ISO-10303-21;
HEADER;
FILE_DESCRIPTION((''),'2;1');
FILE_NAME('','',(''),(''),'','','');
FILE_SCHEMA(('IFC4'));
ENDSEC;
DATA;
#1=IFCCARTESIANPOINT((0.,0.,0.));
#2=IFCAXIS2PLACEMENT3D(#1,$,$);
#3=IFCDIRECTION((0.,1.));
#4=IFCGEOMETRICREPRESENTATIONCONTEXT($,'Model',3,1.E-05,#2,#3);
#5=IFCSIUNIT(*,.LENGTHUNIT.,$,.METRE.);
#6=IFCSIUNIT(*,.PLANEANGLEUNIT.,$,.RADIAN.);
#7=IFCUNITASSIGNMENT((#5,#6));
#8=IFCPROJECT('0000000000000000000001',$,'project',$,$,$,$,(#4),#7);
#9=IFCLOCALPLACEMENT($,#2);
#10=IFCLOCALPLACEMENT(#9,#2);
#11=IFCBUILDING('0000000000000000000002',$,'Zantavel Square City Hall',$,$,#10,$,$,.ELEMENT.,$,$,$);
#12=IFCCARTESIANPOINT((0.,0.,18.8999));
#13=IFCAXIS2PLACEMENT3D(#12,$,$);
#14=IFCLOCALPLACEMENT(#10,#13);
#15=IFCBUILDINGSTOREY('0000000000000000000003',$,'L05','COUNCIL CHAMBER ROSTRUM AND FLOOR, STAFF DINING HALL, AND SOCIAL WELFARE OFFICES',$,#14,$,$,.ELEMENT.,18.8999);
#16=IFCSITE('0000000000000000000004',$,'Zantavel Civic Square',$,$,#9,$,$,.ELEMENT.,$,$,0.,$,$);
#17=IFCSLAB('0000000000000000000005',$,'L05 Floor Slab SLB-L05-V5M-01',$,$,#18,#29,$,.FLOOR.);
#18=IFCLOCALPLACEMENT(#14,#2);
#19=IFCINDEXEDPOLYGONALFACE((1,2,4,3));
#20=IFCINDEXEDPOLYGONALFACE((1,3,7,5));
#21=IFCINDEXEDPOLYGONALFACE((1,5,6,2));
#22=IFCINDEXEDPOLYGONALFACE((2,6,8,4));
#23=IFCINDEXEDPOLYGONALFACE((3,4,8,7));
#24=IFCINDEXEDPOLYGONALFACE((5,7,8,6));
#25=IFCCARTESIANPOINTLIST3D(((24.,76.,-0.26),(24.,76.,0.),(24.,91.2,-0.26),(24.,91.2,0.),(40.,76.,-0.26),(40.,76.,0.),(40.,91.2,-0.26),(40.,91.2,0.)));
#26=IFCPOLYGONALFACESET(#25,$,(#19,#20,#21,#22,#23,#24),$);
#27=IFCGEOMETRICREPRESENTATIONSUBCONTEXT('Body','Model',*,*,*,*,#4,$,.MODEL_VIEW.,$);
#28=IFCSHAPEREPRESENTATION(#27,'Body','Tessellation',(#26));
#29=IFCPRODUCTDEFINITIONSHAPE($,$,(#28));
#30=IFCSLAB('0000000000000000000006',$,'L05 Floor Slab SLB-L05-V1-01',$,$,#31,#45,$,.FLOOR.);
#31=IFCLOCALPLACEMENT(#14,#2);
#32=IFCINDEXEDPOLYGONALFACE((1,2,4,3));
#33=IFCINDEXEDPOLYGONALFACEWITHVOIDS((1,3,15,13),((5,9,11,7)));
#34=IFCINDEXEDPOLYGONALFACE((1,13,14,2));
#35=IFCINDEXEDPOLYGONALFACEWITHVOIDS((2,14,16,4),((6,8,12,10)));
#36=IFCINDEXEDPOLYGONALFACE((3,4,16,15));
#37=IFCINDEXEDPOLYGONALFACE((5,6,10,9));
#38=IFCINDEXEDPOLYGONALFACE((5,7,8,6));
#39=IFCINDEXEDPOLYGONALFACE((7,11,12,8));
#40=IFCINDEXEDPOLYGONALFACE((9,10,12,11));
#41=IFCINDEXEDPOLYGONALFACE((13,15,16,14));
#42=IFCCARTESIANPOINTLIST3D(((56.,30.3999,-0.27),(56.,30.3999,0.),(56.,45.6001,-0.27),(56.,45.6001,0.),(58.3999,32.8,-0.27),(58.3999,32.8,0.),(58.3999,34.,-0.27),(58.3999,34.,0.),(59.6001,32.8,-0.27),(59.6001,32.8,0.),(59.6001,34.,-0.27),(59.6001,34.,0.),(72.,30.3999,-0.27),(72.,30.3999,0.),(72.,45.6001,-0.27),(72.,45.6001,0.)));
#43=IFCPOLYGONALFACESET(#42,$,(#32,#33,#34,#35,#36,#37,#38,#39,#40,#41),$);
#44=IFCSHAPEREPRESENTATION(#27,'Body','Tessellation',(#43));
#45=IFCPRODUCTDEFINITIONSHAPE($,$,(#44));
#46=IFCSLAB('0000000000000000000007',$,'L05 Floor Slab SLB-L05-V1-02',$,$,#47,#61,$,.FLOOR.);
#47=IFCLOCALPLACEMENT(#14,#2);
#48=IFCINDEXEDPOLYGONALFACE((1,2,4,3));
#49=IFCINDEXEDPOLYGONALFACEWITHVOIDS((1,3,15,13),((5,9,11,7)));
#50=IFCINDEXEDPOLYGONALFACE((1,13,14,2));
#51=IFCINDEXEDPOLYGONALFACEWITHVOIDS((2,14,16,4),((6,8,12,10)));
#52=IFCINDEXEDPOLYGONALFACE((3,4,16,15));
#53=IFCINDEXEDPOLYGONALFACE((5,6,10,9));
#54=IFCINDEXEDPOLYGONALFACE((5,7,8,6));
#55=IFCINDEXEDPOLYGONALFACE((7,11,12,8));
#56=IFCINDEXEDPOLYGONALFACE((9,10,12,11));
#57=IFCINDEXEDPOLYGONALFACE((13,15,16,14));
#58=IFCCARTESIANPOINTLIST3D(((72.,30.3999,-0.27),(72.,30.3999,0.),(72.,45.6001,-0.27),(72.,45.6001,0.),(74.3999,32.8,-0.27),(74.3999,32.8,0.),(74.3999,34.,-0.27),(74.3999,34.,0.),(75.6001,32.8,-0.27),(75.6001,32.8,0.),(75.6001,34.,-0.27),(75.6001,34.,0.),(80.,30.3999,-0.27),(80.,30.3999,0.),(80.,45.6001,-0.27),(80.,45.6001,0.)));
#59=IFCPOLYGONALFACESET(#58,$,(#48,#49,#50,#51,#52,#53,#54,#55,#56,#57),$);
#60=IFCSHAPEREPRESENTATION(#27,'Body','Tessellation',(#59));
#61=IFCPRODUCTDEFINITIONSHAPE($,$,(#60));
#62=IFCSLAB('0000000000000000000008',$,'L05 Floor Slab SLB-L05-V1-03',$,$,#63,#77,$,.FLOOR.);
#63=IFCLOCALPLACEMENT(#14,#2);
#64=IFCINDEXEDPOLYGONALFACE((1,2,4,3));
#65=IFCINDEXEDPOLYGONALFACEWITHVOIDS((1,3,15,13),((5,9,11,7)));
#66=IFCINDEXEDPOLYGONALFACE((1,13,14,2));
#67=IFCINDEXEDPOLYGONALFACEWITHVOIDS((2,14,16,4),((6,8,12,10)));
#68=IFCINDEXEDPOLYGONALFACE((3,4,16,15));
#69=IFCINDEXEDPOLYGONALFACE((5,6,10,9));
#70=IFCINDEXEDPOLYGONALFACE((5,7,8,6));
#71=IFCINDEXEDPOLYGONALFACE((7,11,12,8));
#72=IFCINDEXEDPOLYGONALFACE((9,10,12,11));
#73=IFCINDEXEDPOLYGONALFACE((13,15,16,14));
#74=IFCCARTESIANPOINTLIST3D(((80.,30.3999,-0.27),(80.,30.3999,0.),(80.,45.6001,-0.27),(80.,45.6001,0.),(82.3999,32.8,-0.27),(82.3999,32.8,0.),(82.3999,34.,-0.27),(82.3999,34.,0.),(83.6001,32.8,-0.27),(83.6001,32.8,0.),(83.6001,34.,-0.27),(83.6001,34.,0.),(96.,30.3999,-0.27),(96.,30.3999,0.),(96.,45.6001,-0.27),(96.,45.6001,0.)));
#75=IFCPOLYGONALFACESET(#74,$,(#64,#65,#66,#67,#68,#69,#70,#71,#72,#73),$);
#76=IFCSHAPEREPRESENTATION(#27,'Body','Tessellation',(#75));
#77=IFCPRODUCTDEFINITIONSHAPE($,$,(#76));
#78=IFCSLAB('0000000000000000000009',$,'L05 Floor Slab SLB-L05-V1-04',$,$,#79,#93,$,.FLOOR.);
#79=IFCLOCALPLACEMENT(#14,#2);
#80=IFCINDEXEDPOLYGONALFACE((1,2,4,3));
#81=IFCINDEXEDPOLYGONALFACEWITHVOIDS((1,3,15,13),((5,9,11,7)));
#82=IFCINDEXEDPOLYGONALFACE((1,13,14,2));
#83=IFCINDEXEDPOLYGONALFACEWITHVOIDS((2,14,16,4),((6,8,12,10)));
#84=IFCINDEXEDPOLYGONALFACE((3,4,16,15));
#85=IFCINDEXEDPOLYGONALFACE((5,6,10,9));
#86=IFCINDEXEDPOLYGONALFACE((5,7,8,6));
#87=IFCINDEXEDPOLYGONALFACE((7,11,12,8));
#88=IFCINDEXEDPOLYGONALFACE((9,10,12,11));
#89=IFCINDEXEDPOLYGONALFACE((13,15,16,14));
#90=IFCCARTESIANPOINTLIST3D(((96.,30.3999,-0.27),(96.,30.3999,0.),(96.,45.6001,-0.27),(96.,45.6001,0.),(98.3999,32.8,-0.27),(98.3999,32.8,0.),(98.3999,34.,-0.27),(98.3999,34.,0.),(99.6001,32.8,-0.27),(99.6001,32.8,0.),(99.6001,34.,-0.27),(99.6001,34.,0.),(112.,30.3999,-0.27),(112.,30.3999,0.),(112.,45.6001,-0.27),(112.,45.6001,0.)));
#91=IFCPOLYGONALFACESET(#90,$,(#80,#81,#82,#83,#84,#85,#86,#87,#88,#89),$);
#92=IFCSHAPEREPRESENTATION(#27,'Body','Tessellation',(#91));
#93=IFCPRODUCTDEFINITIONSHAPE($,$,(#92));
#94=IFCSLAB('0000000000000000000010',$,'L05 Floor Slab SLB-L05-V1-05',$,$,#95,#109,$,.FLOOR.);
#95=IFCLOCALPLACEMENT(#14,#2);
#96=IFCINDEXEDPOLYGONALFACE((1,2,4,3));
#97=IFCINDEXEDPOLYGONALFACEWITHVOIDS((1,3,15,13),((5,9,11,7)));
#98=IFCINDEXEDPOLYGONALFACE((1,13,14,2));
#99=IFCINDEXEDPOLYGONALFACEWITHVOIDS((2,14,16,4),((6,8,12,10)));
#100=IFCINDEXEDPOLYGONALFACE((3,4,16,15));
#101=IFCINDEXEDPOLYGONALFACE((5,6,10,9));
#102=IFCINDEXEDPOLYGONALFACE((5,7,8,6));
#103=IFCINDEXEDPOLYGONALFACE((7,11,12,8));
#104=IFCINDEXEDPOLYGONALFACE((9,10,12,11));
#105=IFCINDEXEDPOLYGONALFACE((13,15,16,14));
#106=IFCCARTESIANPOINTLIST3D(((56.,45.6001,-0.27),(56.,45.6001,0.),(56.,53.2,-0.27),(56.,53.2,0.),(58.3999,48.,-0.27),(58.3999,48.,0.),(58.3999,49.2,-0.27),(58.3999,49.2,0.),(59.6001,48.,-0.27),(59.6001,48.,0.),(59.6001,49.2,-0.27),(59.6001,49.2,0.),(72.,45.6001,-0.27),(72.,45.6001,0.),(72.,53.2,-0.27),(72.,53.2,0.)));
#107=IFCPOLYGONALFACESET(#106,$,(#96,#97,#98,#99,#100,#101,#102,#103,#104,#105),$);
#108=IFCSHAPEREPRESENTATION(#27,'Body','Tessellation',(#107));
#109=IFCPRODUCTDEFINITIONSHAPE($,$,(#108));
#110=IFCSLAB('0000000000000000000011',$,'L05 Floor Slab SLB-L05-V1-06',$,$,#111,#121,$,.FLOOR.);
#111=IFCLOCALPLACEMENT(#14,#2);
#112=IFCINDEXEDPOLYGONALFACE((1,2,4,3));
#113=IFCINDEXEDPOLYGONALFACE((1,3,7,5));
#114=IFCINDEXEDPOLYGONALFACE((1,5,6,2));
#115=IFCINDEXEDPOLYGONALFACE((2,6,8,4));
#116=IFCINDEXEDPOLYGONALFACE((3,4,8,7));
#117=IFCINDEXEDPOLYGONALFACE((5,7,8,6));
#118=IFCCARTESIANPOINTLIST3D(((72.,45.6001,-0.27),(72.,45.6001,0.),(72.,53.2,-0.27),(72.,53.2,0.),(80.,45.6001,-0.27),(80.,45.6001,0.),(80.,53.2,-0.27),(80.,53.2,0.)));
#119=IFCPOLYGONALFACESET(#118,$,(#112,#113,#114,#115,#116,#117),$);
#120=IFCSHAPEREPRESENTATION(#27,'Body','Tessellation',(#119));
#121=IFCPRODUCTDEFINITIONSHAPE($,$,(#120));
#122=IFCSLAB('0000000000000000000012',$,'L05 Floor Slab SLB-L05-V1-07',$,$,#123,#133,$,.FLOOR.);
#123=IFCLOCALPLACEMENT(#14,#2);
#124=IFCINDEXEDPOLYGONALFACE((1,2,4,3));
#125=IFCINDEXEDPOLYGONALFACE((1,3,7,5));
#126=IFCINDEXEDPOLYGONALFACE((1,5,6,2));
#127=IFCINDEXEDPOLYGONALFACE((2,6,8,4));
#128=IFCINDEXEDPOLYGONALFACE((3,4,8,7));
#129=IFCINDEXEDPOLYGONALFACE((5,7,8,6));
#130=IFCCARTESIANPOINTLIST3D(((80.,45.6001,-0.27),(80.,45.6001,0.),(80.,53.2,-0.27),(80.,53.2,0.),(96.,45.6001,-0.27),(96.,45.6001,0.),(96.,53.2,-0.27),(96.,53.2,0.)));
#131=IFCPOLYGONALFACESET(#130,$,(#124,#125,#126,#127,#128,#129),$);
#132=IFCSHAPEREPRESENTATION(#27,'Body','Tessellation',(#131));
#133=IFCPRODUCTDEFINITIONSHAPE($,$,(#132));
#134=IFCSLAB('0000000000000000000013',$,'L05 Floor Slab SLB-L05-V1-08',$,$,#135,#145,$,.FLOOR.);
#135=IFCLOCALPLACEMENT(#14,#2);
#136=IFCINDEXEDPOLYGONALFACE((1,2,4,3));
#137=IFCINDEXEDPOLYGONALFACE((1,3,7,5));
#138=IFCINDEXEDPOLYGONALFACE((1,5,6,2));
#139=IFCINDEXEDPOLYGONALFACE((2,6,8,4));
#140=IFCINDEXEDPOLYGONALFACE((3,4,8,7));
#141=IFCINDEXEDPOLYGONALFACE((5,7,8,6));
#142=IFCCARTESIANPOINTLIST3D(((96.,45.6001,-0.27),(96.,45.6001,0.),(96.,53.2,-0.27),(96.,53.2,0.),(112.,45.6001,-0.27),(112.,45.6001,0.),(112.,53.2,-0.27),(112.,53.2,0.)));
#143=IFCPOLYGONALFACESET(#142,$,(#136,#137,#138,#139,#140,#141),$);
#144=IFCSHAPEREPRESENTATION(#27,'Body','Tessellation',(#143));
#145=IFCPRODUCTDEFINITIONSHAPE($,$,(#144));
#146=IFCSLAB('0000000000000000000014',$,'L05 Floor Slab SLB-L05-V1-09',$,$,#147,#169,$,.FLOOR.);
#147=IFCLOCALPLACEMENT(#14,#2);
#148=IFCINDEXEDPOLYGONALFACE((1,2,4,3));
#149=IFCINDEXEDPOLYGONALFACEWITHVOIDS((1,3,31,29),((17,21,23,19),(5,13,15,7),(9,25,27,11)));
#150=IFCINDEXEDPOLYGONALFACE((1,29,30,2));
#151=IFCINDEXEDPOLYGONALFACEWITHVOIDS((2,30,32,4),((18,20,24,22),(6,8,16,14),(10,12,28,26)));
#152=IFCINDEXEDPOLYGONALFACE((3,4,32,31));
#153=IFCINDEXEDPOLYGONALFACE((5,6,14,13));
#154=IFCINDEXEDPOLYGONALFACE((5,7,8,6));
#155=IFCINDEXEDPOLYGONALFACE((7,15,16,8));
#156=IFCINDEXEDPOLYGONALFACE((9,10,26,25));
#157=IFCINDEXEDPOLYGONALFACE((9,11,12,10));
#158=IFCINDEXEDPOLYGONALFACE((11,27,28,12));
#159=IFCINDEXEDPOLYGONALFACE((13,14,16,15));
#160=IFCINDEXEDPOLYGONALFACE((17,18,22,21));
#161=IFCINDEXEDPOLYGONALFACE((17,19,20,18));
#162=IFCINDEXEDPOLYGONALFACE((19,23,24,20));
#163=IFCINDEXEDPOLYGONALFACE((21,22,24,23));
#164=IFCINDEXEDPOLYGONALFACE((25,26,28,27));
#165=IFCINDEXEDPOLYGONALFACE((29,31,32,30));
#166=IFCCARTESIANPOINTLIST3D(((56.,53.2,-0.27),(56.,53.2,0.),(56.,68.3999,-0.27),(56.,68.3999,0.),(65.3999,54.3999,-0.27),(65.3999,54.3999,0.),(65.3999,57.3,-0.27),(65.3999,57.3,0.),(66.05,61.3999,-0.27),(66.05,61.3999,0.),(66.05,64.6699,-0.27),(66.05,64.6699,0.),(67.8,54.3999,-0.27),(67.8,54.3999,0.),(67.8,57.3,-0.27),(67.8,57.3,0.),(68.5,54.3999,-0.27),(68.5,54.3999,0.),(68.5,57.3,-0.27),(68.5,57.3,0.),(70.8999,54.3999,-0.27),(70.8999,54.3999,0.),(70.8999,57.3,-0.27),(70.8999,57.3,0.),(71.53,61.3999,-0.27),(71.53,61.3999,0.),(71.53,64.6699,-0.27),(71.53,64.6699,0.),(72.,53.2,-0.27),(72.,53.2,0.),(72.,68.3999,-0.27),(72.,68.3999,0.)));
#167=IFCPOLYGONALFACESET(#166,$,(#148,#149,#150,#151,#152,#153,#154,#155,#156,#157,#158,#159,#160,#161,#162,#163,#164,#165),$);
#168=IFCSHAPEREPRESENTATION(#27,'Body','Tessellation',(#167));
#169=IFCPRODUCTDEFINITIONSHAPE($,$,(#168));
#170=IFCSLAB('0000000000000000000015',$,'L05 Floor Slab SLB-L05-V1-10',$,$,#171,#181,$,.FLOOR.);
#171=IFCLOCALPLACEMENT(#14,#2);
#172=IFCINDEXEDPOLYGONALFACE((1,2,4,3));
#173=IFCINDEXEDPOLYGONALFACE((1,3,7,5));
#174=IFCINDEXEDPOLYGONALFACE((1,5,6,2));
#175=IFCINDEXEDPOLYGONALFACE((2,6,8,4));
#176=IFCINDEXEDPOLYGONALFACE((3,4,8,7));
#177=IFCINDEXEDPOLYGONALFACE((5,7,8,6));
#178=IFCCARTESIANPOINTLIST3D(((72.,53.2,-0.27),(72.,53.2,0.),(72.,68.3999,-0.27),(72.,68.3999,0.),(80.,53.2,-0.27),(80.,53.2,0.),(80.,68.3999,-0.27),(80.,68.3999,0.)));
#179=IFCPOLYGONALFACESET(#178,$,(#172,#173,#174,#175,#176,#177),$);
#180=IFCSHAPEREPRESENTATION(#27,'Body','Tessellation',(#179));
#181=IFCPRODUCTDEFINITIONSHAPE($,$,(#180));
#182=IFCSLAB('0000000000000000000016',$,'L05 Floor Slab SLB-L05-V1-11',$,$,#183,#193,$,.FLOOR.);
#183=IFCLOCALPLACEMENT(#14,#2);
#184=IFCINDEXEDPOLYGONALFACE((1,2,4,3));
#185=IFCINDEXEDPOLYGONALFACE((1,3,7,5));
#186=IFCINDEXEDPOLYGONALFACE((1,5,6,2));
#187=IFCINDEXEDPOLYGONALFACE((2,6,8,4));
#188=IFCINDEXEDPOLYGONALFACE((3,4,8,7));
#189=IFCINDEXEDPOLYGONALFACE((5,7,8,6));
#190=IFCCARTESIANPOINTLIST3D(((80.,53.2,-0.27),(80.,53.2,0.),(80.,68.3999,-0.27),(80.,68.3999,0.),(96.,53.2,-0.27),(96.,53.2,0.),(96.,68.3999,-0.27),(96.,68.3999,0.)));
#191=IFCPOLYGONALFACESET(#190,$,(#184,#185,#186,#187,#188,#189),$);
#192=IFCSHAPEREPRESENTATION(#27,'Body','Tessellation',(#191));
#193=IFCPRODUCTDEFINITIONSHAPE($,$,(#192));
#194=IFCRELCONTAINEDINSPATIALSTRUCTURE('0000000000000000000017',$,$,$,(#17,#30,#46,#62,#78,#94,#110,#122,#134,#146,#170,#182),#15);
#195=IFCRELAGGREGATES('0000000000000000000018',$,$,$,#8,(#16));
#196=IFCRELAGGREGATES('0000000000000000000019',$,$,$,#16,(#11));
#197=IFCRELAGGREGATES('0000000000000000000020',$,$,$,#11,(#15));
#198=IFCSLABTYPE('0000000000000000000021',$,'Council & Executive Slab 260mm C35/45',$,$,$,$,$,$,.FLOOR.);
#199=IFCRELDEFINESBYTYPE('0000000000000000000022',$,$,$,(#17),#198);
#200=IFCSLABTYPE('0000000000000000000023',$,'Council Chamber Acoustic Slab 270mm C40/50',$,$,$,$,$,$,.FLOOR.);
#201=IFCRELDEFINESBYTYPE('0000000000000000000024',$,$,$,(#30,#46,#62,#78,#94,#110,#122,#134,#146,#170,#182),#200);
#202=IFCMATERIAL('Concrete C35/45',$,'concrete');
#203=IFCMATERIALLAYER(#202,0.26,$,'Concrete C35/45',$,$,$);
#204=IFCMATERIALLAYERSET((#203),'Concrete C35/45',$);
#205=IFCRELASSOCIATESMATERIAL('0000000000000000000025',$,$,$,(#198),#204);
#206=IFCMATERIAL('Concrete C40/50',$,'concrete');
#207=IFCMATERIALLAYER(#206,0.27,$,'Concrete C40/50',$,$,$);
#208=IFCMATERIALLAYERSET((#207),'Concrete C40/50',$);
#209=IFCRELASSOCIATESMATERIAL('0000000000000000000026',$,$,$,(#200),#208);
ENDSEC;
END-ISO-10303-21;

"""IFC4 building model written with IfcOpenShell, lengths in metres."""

from ifc_helpers import new_model, si_unit, direction, frame, origin, place, context, subcontext, project, spatial, polyline, outline, extrude, material, layer, layer_set, type_object, element, save


model = new_model("IFC4")

# Units and contexts
model_context = context("Model", 3, precision=1e-05, world=origin(), true_north=direction((0.0, 1.0)))
body_context = subcontext(model_context, "Body", "Model", "MODEL_VIEW")
ifc_project = project(units=[si_unit("LENGTHUNIT", "METRE"), si_unit("PLANEANGLEUNIT", "RADIAN")], contexts=[model_context])

# Site, building, storey
site_placement = place(None, origin())
site = spatial("IfcSite", under=ifc_project, at=site_placement, Name="Zantavel Civic Square", CompositionType="ELEMENT", RefElevation=0.0)
building_placement = place(site_placement, origin())
building = spatial("IfcBuilding", under=site, at=building_placement, Name="Zantavel Square City Hall", CompositionType="ELEMENT")
storey_placement = place(building_placement, frame((0.0, 0.0, 18.8999)))
storey = spatial("IfcBuildingStorey", under=building, at=storey_placement, Name="L05", Description="COUNCIL CHAMBER ROSTRUM AND FLOOR, STAFF DINING HALL, AND SOCIAL WELFARE OFFICES", CompositionType="ELEMENT", Elevation=18.8999)

# Slabs
ifc_material_1 = material(Name="Concrete C35/45", Category="concrete")
ifc_layer_1 = layer(ifc_material_1, 0.26, Name="Concrete C35/45")
ifc_layer_set_1 = layer_set([ifc_layer_1], Name="Concrete C35/45")
slab_type_1 = type_object("IfcSlabType", Name="Council & Executive Slab 260mm C35/45", PredefinedType="FLOOR", material=ifc_layer_set_1)
slab_1_placement = place(storey_placement, frame((0.0, 0.0, -0.26)))
element("IfcSlab", 1, at=slab_1_placement, inside=storey, type_object=slab_type_1, Name="L05 Floor Slab SLB-L05-V5M-01", PredefinedType="FLOOR", context=body_context, shape_type="SweptSolid", body=[
    extrude(outline(polyline([(24.0, 76.0), (24.0, 91.2), (40.0, 91.2), (40.0, 76.0), (24.0, 76.0)])), origin(), (0.0, 0.0, 1.0), 0.26),
])
ifc_material_2 = material(Name="Concrete C40/50", Category="concrete")
ifc_layer_2 = layer(ifc_material_2, 0.27, Name="Concrete C40/50")
ifc_layer_set_2 = layer_set([ifc_layer_2], Name="Concrete C40/50")
slab_type_2 = type_object("IfcSlabType", Name="Council Chamber Acoustic Slab 270mm C40/50", PredefinedType="FLOOR", material=ifc_layer_set_2)
slab_2_placement = place(storey_placement, frame((0.0, 0.0, -0.27)))
element("IfcSlab", 2, at=slab_2_placement, inside=storey, type_object=slab_type_2, Name="L05 Floor Slab SLB-L05-V1-01", PredefinedType="FLOOR", context=body_context, shape_type="SweptSolid", body=[
    extrude(outline(polyline([(56.0, 45.6001), (72.0, 45.6001), (72.0, 30.3999), (56.0, 30.3999), (56.0, 45.6001)]), holes=[polyline([(59.6001, 34.0), (58.3999, 34.0), (58.3999, 32.8), (59.6001, 32.8), (59.6001, 34.0)])]), origin(), (0.0, 0.0, 1.0), 0.27),
])
slab_3_placement = place(storey_placement, frame((0.0, 0.0, -0.27)))
element("IfcSlab", 3, at=slab_3_placement, inside=storey, type_object=slab_type_2, Name="L05 Floor Slab SLB-L05-V1-02", PredefinedType="FLOOR", context=body_context, shape_type="SweptSolid", body=[
    extrude(outline(polyline([(80.0, 30.3999), (72.0, 30.3999), (72.0, 45.6001), (80.0, 45.6001), (80.0, 30.3999)]), holes=[polyline([(75.6001, 34.0), (74.3999, 34.0), (74.3999, 32.8), (75.6001, 32.8), (75.6001, 34.0)])]), origin(), (0.0, 0.0, 1.0), 0.27),
])
slab_4_placement = place(storey_placement, frame((0.0, 0.0, -0.27)))
element("IfcSlab", 4, at=slab_4_placement, inside=storey, type_object=slab_type_2, Name="L05 Floor Slab SLB-L05-V1-03", PredefinedType="FLOOR", context=body_context, shape_type="SweptSolid", body=[
    extrude(outline(polyline([(96.0, 30.3999), (80.0, 30.3999), (80.0, 45.6001), (96.0, 45.6001), (96.0, 30.3999)]), holes=[polyline([(83.6001, 34.0), (82.3999, 34.0), (82.3999, 32.8), (83.6001, 32.8), (83.6001, 34.0)])]), origin(), (0.0, 0.0, 1.0), 0.27),
])
slab_5_placement = place(storey_placement, frame((0.0, 0.0, -0.27)))
element("IfcSlab", 5, at=slab_5_placement, inside=storey, type_object=slab_type_2, Name="L05 Floor Slab SLB-L05-V1-04", PredefinedType="FLOOR", context=body_context, shape_type="SweptSolid", body=[
    extrude(outline(polyline([(112.0, 30.3999), (96.0, 30.3999), (96.0, 45.6001), (112.0, 45.6001), (112.0, 30.3999)]), holes=[polyline([(99.6001, 34.0), (98.3999, 34.0), (98.3999, 32.8), (99.6001, 32.8), (99.6001, 34.0)])]), origin(), (0.0, 0.0, 1.0), 0.27),
])
slab_6_placement = place(storey_placement, frame((0.0, 0.0, -0.27)))
element("IfcSlab", 6, at=slab_6_placement, inside=storey, type_object=slab_type_2, Name="L05 Floor Slab SLB-L05-V1-05", PredefinedType="FLOOR", context=body_context, shape_type="SweptSolid", body=[
    extrude(outline(polyline([(72.0, 53.2), (72.0, 45.6001), (56.0, 45.6001), (56.0, 53.2), (72.0, 53.2)]), holes=[polyline([(59.6001, 49.2), (58.3999, 49.2), (58.3999, 48.0), (59.6001, 48.0), (59.6001, 49.2)])]), origin(), (0.0, 0.0, 1.0), 0.27),
])
slab_7_placement = place(storey_placement, frame((0.0, 0.0, -0.27)))
element("IfcSlab", 7, at=slab_7_placement, inside=storey, type_object=slab_type_2, Name="L05 Floor Slab SLB-L05-V1-06", PredefinedType="FLOOR", context=body_context, shape_type="SweptSolid", body=[
    extrude(outline(polyline([(80.0, 53.2), (80.0, 45.6001), (72.0, 45.6001), (72.0, 53.2), (80.0, 53.2)])), origin(), (0.0, 0.0, 1.0), 0.27),
])
slab_8_placement = place(storey_placement, frame((0.0, 0.0, -0.27)))
element("IfcSlab", 8, at=slab_8_placement, inside=storey, type_object=slab_type_2, Name="L05 Floor Slab SLB-L05-V1-07", PredefinedType="FLOOR", context=body_context, shape_type="SweptSolid", body=[
    extrude(outline(polyline([(96.0, 53.2), (96.0, 45.6001), (80.0, 45.6001), (80.0, 53.2), (96.0, 53.2)])), origin(), (0.0, 0.0, 1.0), 0.27),
])
slab_9_placement = place(storey_placement, frame((0.0, 0.0, -0.27)))
element("IfcSlab", 9, at=slab_9_placement, inside=storey, type_object=slab_type_2, Name="L05 Floor Slab SLB-L05-V1-08", PredefinedType="FLOOR", context=body_context, shape_type="SweptSolid", body=[
    extrude(outline(polyline([(112.0, 53.2), (112.0, 45.6001), (96.0, 45.6001), (96.0, 53.2), (112.0, 53.2)])), origin(), (0.0, 0.0, 1.0), 0.27),
])
slab_10_placement = place(storey_placement, frame((0.0, 0.0, -0.27)))
element("IfcSlab", 10, at=slab_10_placement, inside=storey, type_object=slab_type_2, Name="L05 Floor Slab SLB-L05-V1-09", PredefinedType="FLOOR", context=body_context, shape_type="SweptSolid", body=[
    extrude(outline(polyline([(56.0, 53.2), (56.0, 68.3999), (72.0, 68.3999), (72.0, 53.2), (56.0, 53.2)]), holes=[polyline([(66.05, 61.3999), (71.53, 61.3999), (71.53, 64.6699), (66.05, 64.6699), (66.05, 61.3999)]), polyline([(65.3999, 57.3), (65.3999, 54.3999), (67.8, 54.3999), (67.8, 57.3), (65.3999, 57.3)]), polyline([(70.8999, 57.3), (68.5, 57.3), (68.5, 54.3999), (70.8999, 54.3999), (70.8999, 57.3)])]), origin(), (0.0, 0.0, 1.0), 0.27),
])
slab_11_placement = place(storey_placement, frame((0.0, 0.0, -0.27)))
element("IfcSlab", 11, at=slab_11_placement, inside=storey, type_object=slab_type_2, Name="L05 Floor Slab SLB-L05-V1-10", PredefinedType="FLOOR", context=body_context, shape_type="SweptSolid", body=[
    extrude(outline(polyline([(80.0, 68.3999), (80.0, 53.2), (72.0, 53.2), (72.0, 68.3999), (80.0, 68.3999)])), origin(), (0.0, 0.0, 1.0), 0.27),
])
slab_12_placement = place(storey_placement, frame((0.0, 0.0, -0.27)))
element("IfcSlab", 12, at=slab_12_placement, inside=storey, type_object=slab_type_2, Name="L05 Floor Slab SLB-L05-V1-11", PredefinedType="FLOOR", context=body_context, shape_type="SweptSolid", body=[
    extrude(outline(polyline([(96.0, 68.3999), (96.0, 53.2), (80.0, 53.2), (80.0, 68.3999), (96.0, 68.3999)])), origin(), (0.0, 0.0, 1.0), 0.27),
])

save(model, "model.ifc")
